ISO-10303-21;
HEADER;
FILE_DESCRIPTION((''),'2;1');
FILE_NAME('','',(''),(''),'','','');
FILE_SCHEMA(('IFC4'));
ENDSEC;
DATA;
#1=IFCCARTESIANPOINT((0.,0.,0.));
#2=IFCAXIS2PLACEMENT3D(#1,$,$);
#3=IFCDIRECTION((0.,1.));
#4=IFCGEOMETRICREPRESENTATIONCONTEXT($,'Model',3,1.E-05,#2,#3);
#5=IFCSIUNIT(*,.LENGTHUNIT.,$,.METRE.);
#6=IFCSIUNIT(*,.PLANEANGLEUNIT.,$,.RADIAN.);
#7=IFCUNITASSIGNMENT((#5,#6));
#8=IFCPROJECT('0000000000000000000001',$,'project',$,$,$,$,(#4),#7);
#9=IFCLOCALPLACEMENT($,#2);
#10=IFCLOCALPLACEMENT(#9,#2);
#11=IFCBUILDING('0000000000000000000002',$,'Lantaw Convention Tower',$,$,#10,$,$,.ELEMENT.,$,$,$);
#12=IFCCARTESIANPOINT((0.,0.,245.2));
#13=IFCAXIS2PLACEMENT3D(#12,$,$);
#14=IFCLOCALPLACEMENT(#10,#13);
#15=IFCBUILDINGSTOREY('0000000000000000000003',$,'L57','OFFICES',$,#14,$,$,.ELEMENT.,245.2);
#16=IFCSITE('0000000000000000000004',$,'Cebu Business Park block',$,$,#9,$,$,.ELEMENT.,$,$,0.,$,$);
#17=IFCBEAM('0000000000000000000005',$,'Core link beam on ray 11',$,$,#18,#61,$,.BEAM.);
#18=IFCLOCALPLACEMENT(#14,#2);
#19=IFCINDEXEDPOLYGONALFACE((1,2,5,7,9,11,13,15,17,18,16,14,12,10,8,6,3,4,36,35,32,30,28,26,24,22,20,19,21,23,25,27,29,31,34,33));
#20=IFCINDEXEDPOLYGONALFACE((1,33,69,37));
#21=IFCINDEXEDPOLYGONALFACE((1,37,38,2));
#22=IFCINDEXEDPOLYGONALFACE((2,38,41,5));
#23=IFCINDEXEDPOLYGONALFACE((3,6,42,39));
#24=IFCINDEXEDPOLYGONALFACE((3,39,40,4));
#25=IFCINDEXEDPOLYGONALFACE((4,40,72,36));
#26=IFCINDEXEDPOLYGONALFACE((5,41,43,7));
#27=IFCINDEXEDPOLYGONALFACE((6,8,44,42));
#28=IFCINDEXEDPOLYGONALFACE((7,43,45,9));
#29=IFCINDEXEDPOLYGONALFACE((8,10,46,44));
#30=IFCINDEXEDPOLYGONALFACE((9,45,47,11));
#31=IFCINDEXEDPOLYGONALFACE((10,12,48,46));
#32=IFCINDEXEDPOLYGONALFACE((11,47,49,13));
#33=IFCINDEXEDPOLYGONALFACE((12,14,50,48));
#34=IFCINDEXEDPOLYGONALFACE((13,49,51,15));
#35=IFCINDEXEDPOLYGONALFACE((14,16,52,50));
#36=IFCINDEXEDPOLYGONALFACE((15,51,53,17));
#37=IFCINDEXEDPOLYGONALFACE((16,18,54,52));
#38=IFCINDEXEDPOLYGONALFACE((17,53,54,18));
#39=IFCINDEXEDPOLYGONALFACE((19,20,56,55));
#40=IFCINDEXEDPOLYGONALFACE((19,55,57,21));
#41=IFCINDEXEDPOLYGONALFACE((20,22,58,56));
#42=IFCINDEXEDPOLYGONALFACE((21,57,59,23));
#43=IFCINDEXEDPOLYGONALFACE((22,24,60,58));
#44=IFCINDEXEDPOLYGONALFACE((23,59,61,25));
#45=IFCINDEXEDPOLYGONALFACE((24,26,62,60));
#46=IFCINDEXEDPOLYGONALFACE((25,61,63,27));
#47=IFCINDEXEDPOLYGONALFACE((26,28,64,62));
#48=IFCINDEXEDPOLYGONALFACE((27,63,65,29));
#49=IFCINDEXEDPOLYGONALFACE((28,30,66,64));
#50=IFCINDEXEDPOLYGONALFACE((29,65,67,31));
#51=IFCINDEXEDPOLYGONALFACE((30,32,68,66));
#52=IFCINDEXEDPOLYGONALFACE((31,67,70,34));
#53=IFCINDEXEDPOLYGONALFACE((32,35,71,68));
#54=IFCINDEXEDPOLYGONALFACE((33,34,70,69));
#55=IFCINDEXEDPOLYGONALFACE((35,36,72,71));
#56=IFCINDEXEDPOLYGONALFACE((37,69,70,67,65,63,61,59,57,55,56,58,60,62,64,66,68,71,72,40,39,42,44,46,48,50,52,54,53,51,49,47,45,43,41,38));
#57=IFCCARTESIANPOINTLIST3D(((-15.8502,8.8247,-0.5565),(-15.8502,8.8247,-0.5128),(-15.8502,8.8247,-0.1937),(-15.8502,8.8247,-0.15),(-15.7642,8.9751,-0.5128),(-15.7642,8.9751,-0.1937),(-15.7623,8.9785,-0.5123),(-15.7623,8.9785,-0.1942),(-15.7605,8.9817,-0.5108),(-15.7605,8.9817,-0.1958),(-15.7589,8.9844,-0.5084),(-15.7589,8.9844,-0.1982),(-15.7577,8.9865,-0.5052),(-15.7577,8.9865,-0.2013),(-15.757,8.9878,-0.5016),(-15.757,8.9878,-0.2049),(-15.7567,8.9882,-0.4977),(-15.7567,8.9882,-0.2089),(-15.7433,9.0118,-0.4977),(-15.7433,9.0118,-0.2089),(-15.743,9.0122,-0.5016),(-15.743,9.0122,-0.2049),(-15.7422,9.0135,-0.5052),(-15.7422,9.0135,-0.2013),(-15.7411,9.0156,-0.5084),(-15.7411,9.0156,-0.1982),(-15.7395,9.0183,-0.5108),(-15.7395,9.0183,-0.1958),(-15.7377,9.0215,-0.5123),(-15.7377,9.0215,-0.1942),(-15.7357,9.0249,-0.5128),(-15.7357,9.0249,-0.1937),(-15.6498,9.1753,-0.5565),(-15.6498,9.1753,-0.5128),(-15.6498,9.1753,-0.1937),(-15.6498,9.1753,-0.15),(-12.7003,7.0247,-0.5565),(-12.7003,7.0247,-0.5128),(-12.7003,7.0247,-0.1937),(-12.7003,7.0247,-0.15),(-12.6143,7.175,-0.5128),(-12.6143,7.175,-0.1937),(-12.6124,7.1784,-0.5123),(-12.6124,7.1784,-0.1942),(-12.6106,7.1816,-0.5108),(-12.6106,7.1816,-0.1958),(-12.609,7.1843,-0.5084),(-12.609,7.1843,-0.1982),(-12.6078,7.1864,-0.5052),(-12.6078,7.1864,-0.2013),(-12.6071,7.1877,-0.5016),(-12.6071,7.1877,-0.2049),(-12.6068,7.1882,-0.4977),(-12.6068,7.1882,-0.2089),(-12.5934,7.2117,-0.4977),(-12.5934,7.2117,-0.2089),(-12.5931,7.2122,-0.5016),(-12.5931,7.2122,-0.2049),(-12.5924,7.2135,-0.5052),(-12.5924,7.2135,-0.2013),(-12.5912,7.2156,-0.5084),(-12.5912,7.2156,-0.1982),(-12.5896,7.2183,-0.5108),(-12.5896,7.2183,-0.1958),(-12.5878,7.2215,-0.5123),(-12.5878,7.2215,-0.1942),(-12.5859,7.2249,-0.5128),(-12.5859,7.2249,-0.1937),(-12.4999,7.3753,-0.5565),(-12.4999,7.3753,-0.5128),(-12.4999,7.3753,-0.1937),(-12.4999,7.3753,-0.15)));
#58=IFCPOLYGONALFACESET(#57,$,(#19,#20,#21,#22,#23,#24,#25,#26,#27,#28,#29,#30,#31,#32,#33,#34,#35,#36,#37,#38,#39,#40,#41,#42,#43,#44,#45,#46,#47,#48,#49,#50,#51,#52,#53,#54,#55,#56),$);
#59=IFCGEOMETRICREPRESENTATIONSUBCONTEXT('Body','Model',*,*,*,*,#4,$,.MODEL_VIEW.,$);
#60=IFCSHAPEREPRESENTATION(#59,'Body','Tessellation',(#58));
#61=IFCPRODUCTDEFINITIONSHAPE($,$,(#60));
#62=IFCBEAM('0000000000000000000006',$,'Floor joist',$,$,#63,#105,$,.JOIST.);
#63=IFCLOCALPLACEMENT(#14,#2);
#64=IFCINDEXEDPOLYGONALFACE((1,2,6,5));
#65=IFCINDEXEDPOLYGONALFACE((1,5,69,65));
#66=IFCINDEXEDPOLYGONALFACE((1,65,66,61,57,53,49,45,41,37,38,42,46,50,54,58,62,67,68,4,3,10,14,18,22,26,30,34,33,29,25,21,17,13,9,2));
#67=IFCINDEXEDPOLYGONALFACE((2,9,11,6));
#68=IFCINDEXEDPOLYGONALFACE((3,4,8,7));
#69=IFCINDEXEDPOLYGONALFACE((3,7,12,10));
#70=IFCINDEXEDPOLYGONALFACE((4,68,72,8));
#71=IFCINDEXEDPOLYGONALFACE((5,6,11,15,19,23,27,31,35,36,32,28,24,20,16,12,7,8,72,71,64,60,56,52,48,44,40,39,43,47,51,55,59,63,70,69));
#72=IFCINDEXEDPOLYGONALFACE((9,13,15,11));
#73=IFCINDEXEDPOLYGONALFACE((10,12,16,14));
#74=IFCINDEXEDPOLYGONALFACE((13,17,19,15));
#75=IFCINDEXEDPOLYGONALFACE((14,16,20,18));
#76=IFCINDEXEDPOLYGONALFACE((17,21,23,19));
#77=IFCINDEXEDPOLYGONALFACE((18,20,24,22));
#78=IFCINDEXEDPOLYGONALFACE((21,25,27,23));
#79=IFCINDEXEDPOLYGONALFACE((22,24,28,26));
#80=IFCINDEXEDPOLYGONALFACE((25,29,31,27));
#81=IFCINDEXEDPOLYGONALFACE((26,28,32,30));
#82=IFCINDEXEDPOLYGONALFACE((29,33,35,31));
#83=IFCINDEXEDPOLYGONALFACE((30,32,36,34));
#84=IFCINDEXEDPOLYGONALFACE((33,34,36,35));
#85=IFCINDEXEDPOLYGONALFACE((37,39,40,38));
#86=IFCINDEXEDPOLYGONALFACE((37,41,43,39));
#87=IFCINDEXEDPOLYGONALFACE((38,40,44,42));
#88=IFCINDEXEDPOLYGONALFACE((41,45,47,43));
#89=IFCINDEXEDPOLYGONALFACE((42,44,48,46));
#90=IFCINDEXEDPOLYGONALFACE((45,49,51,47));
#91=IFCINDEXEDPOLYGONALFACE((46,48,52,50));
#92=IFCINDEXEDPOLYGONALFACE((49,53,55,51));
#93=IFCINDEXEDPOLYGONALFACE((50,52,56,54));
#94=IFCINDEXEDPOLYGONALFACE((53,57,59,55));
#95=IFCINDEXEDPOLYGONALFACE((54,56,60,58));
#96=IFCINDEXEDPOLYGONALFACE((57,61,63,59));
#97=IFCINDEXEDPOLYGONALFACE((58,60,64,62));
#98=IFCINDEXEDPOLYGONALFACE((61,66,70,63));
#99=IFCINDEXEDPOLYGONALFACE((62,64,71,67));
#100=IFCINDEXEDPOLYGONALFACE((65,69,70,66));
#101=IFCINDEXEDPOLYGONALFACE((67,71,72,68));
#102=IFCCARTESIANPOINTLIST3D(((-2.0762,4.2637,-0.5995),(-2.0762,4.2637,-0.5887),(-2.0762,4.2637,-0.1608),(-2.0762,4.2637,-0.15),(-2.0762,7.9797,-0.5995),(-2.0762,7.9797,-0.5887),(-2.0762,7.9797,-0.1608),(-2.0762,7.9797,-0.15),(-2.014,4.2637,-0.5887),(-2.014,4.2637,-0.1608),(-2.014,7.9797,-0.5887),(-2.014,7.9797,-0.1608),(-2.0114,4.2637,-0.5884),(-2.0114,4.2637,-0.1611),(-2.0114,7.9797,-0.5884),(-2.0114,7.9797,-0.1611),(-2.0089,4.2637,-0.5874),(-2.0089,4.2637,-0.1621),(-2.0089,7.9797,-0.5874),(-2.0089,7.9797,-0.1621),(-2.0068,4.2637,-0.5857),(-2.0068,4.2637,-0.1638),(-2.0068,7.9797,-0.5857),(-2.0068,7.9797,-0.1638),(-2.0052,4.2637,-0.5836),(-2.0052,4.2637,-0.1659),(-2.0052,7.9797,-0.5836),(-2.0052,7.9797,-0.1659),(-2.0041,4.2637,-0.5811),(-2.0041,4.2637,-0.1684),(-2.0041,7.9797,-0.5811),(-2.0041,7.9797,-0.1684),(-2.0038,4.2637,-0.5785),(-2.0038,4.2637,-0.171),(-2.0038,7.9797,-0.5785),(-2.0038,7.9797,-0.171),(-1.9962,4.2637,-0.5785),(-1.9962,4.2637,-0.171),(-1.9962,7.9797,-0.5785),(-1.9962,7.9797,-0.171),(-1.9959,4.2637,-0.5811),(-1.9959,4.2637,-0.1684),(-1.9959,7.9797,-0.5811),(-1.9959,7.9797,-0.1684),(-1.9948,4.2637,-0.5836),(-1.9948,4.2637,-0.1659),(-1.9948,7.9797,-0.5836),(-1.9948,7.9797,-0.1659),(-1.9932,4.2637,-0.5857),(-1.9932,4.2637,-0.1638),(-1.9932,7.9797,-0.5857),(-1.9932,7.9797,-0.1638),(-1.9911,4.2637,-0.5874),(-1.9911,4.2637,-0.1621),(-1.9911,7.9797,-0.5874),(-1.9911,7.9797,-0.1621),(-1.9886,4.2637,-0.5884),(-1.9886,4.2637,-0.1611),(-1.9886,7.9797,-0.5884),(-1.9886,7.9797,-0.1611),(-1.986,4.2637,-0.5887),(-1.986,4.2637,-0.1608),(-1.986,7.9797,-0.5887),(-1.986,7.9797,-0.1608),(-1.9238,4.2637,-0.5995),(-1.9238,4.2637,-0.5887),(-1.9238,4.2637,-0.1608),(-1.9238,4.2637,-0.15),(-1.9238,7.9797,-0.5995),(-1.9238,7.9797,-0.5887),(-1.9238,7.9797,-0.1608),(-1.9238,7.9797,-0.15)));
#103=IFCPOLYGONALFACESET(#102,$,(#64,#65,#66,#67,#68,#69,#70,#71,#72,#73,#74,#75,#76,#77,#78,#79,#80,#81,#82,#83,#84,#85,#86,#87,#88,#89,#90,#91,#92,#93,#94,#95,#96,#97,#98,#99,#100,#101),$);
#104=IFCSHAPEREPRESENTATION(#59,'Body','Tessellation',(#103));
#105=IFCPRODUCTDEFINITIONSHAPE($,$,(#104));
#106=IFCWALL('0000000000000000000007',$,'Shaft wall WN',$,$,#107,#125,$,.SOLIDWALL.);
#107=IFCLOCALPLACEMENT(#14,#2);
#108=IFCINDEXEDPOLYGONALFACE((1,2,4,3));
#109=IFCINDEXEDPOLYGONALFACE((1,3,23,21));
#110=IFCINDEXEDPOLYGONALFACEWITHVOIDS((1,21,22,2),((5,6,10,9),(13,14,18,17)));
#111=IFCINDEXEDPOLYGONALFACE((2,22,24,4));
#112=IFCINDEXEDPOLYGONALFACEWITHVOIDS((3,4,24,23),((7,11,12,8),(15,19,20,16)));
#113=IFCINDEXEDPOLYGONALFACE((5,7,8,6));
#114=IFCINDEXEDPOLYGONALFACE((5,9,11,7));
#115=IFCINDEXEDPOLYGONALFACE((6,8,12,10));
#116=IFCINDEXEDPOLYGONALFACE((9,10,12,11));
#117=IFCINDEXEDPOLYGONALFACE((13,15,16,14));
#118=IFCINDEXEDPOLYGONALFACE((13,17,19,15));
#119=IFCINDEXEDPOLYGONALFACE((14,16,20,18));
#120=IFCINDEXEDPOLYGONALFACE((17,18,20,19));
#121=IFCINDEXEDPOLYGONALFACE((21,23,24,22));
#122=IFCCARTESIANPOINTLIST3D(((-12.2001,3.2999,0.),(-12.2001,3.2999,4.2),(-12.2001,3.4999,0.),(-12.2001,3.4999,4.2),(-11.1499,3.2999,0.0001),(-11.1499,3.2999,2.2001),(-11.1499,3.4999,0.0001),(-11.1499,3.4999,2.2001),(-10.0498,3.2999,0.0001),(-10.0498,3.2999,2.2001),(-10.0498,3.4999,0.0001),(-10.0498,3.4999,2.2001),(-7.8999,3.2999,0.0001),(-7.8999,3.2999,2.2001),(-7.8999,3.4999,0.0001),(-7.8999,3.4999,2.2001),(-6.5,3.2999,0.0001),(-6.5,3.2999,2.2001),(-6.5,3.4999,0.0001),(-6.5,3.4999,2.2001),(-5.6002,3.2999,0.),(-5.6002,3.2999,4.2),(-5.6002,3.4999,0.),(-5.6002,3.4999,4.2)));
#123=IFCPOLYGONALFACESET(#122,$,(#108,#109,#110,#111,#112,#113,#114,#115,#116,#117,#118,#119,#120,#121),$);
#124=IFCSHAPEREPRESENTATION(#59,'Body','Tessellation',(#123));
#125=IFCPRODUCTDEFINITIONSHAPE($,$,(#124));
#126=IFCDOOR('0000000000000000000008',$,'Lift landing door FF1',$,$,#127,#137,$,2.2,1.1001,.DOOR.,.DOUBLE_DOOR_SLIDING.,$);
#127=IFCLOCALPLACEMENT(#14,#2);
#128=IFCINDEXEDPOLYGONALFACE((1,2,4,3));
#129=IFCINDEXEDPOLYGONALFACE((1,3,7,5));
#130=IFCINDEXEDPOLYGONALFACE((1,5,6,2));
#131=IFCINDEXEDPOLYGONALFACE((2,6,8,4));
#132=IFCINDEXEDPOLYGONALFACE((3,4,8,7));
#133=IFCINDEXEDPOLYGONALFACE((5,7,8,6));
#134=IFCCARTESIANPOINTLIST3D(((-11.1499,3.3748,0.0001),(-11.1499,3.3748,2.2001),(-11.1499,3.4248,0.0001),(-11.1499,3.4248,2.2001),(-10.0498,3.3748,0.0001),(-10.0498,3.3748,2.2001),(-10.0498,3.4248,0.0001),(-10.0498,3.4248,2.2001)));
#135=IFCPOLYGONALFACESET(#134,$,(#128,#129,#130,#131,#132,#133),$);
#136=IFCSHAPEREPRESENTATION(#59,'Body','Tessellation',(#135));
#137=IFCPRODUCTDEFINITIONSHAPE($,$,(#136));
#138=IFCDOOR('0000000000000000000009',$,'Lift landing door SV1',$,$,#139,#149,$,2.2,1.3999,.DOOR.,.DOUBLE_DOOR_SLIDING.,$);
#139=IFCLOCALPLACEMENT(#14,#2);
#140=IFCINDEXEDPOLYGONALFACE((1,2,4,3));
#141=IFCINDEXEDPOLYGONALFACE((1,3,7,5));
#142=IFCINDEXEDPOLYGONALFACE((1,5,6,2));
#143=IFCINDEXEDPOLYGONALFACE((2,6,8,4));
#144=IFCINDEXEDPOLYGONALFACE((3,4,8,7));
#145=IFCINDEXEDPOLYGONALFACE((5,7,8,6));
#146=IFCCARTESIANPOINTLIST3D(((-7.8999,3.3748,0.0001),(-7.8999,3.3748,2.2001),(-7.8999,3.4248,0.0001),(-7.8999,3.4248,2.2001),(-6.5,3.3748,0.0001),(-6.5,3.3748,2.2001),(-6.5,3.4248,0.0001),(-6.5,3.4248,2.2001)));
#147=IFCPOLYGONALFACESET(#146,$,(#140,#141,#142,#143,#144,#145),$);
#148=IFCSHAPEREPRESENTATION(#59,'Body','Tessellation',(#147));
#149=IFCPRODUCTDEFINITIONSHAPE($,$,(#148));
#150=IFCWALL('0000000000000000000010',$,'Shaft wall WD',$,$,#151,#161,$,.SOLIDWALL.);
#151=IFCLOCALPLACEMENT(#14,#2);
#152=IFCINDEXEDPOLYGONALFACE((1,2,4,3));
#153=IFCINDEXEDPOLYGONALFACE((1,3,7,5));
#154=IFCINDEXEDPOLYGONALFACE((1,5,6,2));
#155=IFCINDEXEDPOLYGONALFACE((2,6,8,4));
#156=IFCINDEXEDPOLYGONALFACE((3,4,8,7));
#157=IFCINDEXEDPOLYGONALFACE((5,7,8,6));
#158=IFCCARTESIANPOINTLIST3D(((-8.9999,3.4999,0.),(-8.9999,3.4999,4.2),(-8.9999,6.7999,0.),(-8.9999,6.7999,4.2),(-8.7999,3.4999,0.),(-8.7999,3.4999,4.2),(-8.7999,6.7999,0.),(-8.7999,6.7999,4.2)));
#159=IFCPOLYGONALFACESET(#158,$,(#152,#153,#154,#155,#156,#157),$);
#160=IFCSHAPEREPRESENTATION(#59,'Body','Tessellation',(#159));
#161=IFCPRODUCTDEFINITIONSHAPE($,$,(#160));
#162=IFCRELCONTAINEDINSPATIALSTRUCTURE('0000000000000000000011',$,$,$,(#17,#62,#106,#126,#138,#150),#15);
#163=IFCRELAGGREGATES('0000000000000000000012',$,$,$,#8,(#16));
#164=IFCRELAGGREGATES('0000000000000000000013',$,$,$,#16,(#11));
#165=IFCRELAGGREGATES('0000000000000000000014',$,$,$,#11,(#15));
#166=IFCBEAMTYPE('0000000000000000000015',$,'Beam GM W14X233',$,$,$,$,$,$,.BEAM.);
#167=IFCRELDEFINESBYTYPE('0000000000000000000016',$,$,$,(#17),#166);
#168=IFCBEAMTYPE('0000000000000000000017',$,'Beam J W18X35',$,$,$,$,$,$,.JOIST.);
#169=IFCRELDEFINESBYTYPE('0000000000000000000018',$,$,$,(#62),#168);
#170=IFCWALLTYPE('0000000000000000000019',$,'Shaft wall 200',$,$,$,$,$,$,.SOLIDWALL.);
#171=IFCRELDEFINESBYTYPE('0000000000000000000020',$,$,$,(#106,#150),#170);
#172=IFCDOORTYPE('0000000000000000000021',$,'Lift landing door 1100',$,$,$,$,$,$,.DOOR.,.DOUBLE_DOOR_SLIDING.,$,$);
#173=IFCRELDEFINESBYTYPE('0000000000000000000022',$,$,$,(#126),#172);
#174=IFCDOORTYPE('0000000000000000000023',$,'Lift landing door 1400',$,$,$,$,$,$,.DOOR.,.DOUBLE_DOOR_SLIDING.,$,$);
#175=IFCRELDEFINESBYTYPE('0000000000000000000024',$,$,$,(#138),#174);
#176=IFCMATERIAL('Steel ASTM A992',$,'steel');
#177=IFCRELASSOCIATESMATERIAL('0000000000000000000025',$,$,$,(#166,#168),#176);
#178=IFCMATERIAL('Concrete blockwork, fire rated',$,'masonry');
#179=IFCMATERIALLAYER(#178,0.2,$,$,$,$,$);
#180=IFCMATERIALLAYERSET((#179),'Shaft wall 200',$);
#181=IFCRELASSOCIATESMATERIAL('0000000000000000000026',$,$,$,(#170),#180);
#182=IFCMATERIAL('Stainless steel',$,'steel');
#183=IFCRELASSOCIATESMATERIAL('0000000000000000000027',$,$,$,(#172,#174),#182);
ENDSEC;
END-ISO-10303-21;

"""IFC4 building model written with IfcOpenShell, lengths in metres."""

from ifc_helpers import new_model, si_unit, direction, frame, frame_2d, origin, origin_2d, place, context, subcontext, project, spatial, rectangle, i_section, extrude, material, layer, layer_set, material_profile, profile_set, type_object, element, fill, save


model = new_model("IFC4")

# Units and contexts
model_context = context("Model", 3, precision=1e-05, world=origin(), true_north=direction((0.0, 1.0)))
body_context = subcontext(model_context, "Body", "Model", "MODEL_VIEW")
ifc_project = project(units=[si_unit("LENGTHUNIT", "METRE"), si_unit("PLANEANGLEUNIT", "RADIAN")], contexts=[model_context])

# Site, building, storey
site_placement = place(None, origin())
site = spatial("IfcSite", under=ifc_project, at=site_placement, Name="Cebu Business Park block", CompositionType="ELEMENT", RefElevation=0.0)
building_placement = place(site_placement, origin())
building = spatial("IfcBuilding", under=site, at=building_placement, Name="Lantaw Convention Tower", CompositionType="ELEMENT")
storey_placement = place(building_placement, frame((0.0, 0.0, 245.2)))
storey = spatial("IfcBuildingStorey", under=building, at=storey_placement, Name="L57", Description="OFFICES", CompositionType="ELEMENT", Elevation=245.2)

# Beams
ifc_material_1 = material(Name="Steel ASTM A992", Category="steel")
ifc_material_profile_1 = material_profile(ifc_material_1, i_section(OverallWidth=0.4038, OverallDepth=0.4065, WebThickness=0.0271, FlangeThickness=0.0437, FilletRadius=0.0151, at=origin_2d()), Name="W14X233")
ifc_profile_set_1 = profile_set([ifc_material_profile_1], Name="Steel ASTM A992")
beam_type_1 = type_object("IfcBeamType", Name="Beam GM W14X233", PredefinedType="BEAM", material=ifc_profile_set_1)
beam_1_placement = place(storey_placement, frame((-12.6001, 7.2, -0.3533), z_axis=(-0.868231, 0.496161, 0.0), x_axis=(-0.496161, -0.868231, 0.0)))
element("IfcBeam", 1, at=beam_1_placement, inside=storey, type_object=beam_type_1, Name="Core link beam on ray 11", PredefinedType="BEAM", context=body_context, shape_type="SweptSolid", body=[
    extrude(i_section(OverallWidth=0.4038, OverallDepth=0.4065, WebThickness=0.0271, FlangeThickness=0.0437, FilletRadius=0.0151, at=origin_2d()), origin(), (0.0, 0.0, 1.0), 3.6279),
])
ifc_material_profile_2 = material_profile(ifc_material_1, i_section(OverallWidth=0.1523, OverallDepth=0.4495, WebThickness=0.0076, FlangeThickness=0.0107, FilletRadius=0.0103, at=origin_2d()), Name="W18X35")
ifc_profile_set_2 = profile_set([ifc_material_profile_2], Name="Steel ASTM A992")
beam_type_2 = type_object("IfcBeamType", Name="Beam J W18X35", PredefinedType="JOIST", material=ifc_profile_set_2)
beam_2_placement = place(storey_placement, frame((-2.0, 4.2637, -0.3748), z_axis=(0.0, 1.0, 0.0), x_axis=(-1.0, 0.0, 0.0)))
element("IfcBeam", 2, at=beam_2_placement, inside=storey, type_object=beam_type_2, Name="Floor joist", PredefinedType="JOIST", context=body_context, shape_type="SweptSolid", body=[
    extrude(i_section(OverallWidth=0.1523, OverallDepth=0.4495, WebThickness=0.0076, FlangeThickness=0.0107, FilletRadius=0.0103, at=origin_2d()), origin(), (0.0, 0.0, 1.0), 3.7161),
])

# Wall, openings, doors
ifc_material_2 = material(Name="Concrete blockwork, fire rated", Category="masonry")
ifc_layer_1 = layer(ifc_material_2, 0.2)
ifc_layer_set_1 = layer_set([ifc_layer_1], Name="Shaft wall 200")
wall_type_1 = type_object("IfcWallType", Name="Shaft wall 200", PredefinedType="SOLIDWALL", material=ifc_layer_set_1)
wall_1_placement = place(storey_placement, frame((-12.2, 3.3999, 0.0), z_axis=(0.0, 0.0, 1.0), x_axis=(1.0, 0.0, 0.0)))
wall_1 = element("IfcWall", 3, at=wall_1_placement, inside=storey, type_object=wall_type_1, Name="Shaft wall WN", PredefinedType="SOLIDWALL", context=body_context, shape_type="SweptSolid", body=[
    extrude(rectangle(XDim=6.5999, YDim=0.2, at=frame_2d((3.2998, 0.0))), origin(), (0.0, 0.0, 1.0), 4.2),
])
opening_1_placement = place(wall_1_placement, frame((1.05, 0.0, 0.0)))
opening_1 = element("IfcOpeningElement", 4, at=opening_1_placement, cuts=wall_1, PredefinedType="OPENING", context=body_context, shape_type="SweptSolid", body=[
    extrude(rectangle(XDim=1.1001, YDim=2.2, at=frame_2d((0.55, 1.1001))), frame((0.0, 0.1099, 0.0), z_axis=(0.0, -1.0, 0.0), x_axis=(1.0, 0.0, 0.0)), (0.0, 0.0, 1.0), 0.22),
])
opening_2_placement = place(wall_1_placement, frame((4.3, 0.0, 0.0)))
opening_2 = element("IfcOpeningElement", 5, at=opening_2_placement, cuts=wall_1, PredefinedType="OPENING", context=body_context, shape_type="SweptSolid", body=[
    extrude(rectangle(XDim=1.3999, YDim=2.2, at=frame_2d((0.7, 1.1001))), frame((0.0, 0.1099, 0.0), z_axis=(0.0, -1.0, 0.0), x_axis=(1.0, 0.0, 0.0)), (0.0, 0.0, 1.0), 0.22),
])
ifc_material_3 = material(Name="Stainless steel", Category="steel")
door_type_1 = type_object("IfcDoorType", Name="Lift landing door 1100", OperationType="DOUBLE_DOOR_SLIDING", PredefinedType="DOOR", material=ifc_material_3)
door_1_placement = place(opening_1_placement, origin())
door_1 = element("IfcDoor", 6, at=door_1_placement, inside=storey, type_object=door_type_1, Name="Lift landing door FF1", OperationType="DOUBLE_DOOR_SLIDING", OverallHeight=2.2, OverallWidth=1.1001, PredefinedType="DOOR", context=body_context, shape_type="SweptSolid", body=[
    extrude(rectangle(XDim=1.1001, YDim=2.2, at=frame_2d((0.55, 1.1001))), frame((0.0, 0.0249, 0.0), z_axis=(0.0, -1.0, 0.0), x_axis=(1.0, 0.0, 0.0)), (0.0, 0.0, 1.0), 0.05),
])
fill(opening_1, door_1)
door_type_2 = type_object("IfcDoorType", Name="Lift landing door 1400", OperationType="DOUBLE_DOOR_SLIDING", PredefinedType="DOOR", material=ifc_material_3)
door_2_placement = place(opening_2_placement, origin())
door_2 = element("IfcDoor", 7, at=door_2_placement, inside=storey, type_object=door_type_2, Name="Lift landing door SV1", OperationType="DOUBLE_DOOR_SLIDING", OverallHeight=2.2, OverallWidth=1.3999, PredefinedType="DOOR", context=body_context, shape_type="SweptSolid", body=[
    extrude(rectangle(XDim=1.3999, YDim=2.2, at=frame_2d((0.7, 1.1001))), frame((0.0, 0.0249, 0.0), z_axis=(0.0, -1.0, 0.0), x_axis=(1.0, 0.0, 0.0)), (0.0, 0.0, 1.0), 0.05),
])
fill(opening_2, door_2)

# Wall
wall_2_placement = place(storey_placement, frame((-8.8999, 3.5, 0.0), z_axis=(0.0, 0.0, 1.0), x_axis=(0.0, 1.0, 0.0)))
element("IfcWall", 8, at=wall_2_placement, inside=storey, type_object=wall_type_1, Name="Shaft wall WD", PredefinedType="SOLIDWALL", context=body_context, shape_type="SweptSolid", body=[
    extrude(rectangle(XDim=3.3, YDim=0.2, at=frame_2d((1.6499, 0.0))), origin(), (0.0, 0.0, 1.0), 4.2),
])

save(model, "model.ifc")
